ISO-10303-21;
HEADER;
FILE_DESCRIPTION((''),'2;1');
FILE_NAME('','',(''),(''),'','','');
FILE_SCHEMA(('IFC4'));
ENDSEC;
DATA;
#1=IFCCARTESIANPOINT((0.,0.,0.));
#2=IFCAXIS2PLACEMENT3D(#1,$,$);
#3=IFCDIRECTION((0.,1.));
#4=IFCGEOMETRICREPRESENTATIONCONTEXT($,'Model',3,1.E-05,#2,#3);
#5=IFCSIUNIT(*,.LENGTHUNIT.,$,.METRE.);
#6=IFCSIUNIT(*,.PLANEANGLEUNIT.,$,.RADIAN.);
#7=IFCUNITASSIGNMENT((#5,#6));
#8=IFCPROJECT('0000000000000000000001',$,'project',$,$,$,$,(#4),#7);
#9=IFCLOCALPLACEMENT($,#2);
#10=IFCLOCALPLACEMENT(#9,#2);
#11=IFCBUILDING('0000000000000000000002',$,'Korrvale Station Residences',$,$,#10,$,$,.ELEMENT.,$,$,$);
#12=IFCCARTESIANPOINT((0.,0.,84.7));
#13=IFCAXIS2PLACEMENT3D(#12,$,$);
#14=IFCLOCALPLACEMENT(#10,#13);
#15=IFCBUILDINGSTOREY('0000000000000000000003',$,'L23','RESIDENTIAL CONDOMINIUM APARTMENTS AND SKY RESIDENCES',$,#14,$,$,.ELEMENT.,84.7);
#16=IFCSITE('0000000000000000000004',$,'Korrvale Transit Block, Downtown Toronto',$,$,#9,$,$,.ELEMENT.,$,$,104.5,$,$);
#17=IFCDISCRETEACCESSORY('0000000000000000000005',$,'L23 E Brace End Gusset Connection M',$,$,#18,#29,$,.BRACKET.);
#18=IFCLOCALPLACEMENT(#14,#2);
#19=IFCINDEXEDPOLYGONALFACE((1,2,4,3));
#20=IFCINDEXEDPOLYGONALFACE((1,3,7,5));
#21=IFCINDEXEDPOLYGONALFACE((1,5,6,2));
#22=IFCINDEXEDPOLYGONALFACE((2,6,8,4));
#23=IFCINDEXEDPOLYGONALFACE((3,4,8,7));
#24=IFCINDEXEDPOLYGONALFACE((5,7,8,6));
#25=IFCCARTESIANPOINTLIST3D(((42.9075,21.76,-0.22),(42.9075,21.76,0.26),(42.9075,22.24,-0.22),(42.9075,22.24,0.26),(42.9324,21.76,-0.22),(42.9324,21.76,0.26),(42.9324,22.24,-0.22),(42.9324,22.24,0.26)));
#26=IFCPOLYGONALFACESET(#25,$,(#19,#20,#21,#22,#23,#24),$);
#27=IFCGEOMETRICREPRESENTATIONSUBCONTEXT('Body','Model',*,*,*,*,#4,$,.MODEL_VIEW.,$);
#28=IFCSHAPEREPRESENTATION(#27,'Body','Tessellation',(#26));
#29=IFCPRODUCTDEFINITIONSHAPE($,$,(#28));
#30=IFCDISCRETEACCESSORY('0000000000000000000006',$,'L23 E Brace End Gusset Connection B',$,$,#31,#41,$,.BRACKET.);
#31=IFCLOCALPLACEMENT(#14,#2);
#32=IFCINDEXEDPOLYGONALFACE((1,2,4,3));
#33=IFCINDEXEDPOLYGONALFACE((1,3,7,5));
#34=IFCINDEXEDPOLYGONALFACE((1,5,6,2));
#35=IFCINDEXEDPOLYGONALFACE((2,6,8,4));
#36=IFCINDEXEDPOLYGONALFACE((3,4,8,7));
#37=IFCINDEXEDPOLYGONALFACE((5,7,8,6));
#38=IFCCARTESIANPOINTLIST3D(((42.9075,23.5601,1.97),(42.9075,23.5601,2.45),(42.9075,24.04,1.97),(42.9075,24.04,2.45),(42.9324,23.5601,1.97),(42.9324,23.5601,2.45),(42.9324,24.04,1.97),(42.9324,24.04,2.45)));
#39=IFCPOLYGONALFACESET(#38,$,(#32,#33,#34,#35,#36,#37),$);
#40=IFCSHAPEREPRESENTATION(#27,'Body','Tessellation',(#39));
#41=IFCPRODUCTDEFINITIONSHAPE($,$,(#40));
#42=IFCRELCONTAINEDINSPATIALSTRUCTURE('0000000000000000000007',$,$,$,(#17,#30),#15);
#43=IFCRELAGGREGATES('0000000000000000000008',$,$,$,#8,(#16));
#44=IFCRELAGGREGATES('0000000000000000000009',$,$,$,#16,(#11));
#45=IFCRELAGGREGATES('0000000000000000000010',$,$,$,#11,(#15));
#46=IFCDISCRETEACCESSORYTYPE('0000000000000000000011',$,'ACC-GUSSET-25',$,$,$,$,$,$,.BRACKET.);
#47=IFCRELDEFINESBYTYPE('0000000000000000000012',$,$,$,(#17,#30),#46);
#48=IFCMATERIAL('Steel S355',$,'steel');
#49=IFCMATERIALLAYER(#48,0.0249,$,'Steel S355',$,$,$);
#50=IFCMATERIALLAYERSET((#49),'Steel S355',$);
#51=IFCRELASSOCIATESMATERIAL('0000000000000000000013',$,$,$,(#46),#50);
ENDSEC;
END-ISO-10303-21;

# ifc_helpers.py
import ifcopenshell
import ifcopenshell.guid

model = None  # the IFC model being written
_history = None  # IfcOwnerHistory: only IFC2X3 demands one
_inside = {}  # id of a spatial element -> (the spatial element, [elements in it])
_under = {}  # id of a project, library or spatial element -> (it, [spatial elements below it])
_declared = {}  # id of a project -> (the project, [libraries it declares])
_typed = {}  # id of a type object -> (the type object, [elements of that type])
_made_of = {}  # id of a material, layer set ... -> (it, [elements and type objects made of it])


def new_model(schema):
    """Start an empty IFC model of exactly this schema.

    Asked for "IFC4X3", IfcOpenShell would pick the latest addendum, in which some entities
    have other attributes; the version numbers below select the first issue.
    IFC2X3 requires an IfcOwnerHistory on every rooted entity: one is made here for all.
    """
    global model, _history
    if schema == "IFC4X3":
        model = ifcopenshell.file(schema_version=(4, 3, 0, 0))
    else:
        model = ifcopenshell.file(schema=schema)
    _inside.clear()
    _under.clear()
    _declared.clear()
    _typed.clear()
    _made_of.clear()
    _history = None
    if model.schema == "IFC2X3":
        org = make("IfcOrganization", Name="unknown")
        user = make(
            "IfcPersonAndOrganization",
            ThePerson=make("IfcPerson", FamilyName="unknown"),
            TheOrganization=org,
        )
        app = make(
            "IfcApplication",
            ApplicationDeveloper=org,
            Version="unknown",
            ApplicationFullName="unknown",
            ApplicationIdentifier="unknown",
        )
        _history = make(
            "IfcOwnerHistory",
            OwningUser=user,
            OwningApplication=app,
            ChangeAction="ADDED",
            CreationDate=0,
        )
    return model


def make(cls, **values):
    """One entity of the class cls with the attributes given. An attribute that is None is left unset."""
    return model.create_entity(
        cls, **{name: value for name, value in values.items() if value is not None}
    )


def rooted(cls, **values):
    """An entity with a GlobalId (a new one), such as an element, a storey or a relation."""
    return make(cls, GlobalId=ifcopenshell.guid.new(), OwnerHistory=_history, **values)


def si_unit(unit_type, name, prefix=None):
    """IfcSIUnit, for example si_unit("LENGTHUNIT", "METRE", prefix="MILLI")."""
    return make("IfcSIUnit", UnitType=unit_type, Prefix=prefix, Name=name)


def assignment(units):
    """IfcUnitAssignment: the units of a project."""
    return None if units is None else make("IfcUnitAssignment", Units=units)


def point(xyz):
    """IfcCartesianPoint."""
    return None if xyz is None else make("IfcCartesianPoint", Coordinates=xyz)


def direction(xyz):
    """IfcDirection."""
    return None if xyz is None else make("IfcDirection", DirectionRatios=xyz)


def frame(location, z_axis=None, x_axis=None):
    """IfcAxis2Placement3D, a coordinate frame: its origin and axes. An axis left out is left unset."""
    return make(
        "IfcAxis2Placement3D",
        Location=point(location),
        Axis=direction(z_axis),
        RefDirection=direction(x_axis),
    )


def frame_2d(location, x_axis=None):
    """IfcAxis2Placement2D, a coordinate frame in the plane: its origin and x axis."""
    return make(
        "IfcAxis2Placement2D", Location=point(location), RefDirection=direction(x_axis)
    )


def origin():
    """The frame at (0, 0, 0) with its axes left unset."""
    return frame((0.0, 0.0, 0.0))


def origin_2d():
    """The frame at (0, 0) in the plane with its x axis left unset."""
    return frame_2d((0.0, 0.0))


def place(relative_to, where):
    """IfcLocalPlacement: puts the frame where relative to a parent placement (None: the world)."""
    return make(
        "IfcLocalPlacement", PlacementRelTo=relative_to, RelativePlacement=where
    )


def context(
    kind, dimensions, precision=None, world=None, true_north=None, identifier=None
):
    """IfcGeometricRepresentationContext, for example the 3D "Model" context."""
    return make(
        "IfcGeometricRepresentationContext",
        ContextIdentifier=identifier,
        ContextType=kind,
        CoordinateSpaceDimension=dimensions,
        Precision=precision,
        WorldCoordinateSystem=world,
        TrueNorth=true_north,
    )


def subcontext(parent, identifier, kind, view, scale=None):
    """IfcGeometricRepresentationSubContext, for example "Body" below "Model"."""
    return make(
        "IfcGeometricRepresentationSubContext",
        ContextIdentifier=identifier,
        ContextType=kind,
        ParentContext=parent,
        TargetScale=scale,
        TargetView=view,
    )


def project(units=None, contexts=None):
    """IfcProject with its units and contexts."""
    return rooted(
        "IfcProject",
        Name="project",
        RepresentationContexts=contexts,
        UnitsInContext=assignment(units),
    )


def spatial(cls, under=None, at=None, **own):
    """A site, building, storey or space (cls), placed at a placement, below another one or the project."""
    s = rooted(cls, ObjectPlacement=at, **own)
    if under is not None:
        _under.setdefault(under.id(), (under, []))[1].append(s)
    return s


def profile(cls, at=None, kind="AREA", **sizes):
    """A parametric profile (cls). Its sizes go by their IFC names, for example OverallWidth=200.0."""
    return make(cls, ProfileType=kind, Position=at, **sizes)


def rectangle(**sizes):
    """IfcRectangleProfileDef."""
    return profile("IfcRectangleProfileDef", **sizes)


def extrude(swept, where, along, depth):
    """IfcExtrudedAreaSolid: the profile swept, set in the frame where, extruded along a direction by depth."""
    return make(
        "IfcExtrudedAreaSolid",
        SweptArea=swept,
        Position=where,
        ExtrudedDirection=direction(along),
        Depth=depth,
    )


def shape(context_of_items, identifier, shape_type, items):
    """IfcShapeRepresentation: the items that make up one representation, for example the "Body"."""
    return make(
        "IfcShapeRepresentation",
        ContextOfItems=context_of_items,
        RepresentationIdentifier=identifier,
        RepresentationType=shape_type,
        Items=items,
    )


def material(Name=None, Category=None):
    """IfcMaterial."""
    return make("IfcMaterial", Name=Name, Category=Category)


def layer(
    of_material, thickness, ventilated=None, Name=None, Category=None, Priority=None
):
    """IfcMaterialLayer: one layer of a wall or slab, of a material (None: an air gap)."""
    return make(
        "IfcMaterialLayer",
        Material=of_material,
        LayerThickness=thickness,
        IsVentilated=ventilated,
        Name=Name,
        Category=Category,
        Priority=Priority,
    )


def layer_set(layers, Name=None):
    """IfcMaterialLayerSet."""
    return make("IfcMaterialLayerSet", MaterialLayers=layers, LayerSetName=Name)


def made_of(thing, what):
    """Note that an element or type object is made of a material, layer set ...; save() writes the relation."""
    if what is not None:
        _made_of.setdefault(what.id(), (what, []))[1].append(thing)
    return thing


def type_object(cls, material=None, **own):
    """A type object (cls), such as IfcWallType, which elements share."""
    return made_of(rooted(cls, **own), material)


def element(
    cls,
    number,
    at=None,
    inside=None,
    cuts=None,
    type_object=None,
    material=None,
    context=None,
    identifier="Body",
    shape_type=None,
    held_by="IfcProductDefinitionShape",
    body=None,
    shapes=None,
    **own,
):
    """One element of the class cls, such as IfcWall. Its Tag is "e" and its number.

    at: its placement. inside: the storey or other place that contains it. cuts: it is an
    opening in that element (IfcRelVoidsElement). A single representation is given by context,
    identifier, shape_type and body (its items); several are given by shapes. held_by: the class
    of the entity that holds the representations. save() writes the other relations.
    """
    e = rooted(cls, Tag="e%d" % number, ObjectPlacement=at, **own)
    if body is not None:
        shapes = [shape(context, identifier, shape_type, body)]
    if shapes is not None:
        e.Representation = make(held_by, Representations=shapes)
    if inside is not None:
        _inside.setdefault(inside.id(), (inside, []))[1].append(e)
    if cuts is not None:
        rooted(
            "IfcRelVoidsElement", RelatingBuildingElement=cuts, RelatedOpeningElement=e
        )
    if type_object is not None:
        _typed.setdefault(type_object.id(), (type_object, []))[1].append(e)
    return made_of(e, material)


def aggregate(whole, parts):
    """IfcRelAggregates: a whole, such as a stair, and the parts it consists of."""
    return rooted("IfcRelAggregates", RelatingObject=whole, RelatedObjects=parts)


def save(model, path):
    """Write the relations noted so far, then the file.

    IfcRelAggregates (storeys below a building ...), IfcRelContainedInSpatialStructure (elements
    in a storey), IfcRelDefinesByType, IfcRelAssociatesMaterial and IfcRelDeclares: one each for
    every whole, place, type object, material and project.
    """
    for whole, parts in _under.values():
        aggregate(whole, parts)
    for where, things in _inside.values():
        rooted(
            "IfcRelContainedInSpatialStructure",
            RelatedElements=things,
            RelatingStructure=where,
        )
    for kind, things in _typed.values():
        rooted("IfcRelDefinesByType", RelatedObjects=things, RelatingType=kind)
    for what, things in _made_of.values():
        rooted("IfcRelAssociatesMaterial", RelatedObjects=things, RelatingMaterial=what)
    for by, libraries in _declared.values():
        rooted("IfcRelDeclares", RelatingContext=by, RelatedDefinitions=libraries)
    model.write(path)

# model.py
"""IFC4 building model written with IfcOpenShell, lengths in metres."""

from ifc_helpers import new_model, si_unit, direction, frame, origin, origin_2d, place, context, subcontext, project, spatial, rectangle, extrude, material, layer, layer_set, type_object, element, save


model = new_model("IFC4")

# Units and contexts
model_context = context("Model", 3, precision=1e-05, world=origin(), true_north=direction((0.0, 1.0)))
body_context = subcontext(model_context, "Body", "Model", "MODEL_VIEW")
ifc_project = project(units=[si_unit("LENGTHUNIT", "METRE"), si_unit("PLANEANGLEUNIT", "RADIAN")], contexts=[model_context])

# Site, building, storey
site_placement = place(None, origin())
site = spatial("IfcSite", under=ifc_project, at=site_placement, Name="Korrvale Transit Block, Downtown Toronto", CompositionType="ELEMENT", RefElevation=104.5)
building_placement = place(site_placement, origin())
building = spatial("IfcBuilding", under=site, at=building_placement, Name="Korrvale Station Residences", CompositionType="ELEMENT")
storey_placement = place(building_placement, frame((0.0, 0.0, 84.7)))
storey = spatial("IfcBuildingStorey", under=building, at=storey_placement, Name="L23", Description="RESIDENTIAL CONDOMINIUM APARTMENTS AND SKY RESIDENCES", CompositionType="ELEMENT", Elevation=84.7)

# Shared definitions
ifc_material_1 = material(Name="Steel S355", Category="steel")

# Discrete accessories
ifc_layer_1 = layer(ifc_material_1, 0.0249, Name="Steel S355")
ifc_layer_set_1 = layer_set([ifc_layer_1], Name="Steel S355")
discrete_accessory_type = type_object("IfcDiscreteAccessoryType", Name="ACC-GUSSET-25", PredefinedType="BRACKET", material=ifc_layer_set_1)
for number, where, z_axis, x_axis, name in (
    (1, (42.9199, 22.0, -0.22), (0.0, 0.0, 1.0), (0.0, 1.0, 0.0), "L23 E Brace End Gusset Connection M"),
    (2, (42.9199, 23.8, 1.97), (0.0, 0.0, 1.0), (0.0, 1.0, 0.0), "L23 E Brace End Gusset Connection B"),
):
    element("IfcDiscreteAccessory", number, at=place(storey_placement, frame(where, z_axis=z_axis, x_axis=x_axis)), inside=storey, type_object=discrete_accessory_type, Name=name, PredefinedType="BRACKET", context=body_context, shape_type="SweptSolid", body=[
        extrude(rectangle(XDim=0.48, YDim=0.0249, at=origin_2d()), origin(), (0.0, 0.0, 1.0), 0.48),
    ])

save(model, "model.ifc")
